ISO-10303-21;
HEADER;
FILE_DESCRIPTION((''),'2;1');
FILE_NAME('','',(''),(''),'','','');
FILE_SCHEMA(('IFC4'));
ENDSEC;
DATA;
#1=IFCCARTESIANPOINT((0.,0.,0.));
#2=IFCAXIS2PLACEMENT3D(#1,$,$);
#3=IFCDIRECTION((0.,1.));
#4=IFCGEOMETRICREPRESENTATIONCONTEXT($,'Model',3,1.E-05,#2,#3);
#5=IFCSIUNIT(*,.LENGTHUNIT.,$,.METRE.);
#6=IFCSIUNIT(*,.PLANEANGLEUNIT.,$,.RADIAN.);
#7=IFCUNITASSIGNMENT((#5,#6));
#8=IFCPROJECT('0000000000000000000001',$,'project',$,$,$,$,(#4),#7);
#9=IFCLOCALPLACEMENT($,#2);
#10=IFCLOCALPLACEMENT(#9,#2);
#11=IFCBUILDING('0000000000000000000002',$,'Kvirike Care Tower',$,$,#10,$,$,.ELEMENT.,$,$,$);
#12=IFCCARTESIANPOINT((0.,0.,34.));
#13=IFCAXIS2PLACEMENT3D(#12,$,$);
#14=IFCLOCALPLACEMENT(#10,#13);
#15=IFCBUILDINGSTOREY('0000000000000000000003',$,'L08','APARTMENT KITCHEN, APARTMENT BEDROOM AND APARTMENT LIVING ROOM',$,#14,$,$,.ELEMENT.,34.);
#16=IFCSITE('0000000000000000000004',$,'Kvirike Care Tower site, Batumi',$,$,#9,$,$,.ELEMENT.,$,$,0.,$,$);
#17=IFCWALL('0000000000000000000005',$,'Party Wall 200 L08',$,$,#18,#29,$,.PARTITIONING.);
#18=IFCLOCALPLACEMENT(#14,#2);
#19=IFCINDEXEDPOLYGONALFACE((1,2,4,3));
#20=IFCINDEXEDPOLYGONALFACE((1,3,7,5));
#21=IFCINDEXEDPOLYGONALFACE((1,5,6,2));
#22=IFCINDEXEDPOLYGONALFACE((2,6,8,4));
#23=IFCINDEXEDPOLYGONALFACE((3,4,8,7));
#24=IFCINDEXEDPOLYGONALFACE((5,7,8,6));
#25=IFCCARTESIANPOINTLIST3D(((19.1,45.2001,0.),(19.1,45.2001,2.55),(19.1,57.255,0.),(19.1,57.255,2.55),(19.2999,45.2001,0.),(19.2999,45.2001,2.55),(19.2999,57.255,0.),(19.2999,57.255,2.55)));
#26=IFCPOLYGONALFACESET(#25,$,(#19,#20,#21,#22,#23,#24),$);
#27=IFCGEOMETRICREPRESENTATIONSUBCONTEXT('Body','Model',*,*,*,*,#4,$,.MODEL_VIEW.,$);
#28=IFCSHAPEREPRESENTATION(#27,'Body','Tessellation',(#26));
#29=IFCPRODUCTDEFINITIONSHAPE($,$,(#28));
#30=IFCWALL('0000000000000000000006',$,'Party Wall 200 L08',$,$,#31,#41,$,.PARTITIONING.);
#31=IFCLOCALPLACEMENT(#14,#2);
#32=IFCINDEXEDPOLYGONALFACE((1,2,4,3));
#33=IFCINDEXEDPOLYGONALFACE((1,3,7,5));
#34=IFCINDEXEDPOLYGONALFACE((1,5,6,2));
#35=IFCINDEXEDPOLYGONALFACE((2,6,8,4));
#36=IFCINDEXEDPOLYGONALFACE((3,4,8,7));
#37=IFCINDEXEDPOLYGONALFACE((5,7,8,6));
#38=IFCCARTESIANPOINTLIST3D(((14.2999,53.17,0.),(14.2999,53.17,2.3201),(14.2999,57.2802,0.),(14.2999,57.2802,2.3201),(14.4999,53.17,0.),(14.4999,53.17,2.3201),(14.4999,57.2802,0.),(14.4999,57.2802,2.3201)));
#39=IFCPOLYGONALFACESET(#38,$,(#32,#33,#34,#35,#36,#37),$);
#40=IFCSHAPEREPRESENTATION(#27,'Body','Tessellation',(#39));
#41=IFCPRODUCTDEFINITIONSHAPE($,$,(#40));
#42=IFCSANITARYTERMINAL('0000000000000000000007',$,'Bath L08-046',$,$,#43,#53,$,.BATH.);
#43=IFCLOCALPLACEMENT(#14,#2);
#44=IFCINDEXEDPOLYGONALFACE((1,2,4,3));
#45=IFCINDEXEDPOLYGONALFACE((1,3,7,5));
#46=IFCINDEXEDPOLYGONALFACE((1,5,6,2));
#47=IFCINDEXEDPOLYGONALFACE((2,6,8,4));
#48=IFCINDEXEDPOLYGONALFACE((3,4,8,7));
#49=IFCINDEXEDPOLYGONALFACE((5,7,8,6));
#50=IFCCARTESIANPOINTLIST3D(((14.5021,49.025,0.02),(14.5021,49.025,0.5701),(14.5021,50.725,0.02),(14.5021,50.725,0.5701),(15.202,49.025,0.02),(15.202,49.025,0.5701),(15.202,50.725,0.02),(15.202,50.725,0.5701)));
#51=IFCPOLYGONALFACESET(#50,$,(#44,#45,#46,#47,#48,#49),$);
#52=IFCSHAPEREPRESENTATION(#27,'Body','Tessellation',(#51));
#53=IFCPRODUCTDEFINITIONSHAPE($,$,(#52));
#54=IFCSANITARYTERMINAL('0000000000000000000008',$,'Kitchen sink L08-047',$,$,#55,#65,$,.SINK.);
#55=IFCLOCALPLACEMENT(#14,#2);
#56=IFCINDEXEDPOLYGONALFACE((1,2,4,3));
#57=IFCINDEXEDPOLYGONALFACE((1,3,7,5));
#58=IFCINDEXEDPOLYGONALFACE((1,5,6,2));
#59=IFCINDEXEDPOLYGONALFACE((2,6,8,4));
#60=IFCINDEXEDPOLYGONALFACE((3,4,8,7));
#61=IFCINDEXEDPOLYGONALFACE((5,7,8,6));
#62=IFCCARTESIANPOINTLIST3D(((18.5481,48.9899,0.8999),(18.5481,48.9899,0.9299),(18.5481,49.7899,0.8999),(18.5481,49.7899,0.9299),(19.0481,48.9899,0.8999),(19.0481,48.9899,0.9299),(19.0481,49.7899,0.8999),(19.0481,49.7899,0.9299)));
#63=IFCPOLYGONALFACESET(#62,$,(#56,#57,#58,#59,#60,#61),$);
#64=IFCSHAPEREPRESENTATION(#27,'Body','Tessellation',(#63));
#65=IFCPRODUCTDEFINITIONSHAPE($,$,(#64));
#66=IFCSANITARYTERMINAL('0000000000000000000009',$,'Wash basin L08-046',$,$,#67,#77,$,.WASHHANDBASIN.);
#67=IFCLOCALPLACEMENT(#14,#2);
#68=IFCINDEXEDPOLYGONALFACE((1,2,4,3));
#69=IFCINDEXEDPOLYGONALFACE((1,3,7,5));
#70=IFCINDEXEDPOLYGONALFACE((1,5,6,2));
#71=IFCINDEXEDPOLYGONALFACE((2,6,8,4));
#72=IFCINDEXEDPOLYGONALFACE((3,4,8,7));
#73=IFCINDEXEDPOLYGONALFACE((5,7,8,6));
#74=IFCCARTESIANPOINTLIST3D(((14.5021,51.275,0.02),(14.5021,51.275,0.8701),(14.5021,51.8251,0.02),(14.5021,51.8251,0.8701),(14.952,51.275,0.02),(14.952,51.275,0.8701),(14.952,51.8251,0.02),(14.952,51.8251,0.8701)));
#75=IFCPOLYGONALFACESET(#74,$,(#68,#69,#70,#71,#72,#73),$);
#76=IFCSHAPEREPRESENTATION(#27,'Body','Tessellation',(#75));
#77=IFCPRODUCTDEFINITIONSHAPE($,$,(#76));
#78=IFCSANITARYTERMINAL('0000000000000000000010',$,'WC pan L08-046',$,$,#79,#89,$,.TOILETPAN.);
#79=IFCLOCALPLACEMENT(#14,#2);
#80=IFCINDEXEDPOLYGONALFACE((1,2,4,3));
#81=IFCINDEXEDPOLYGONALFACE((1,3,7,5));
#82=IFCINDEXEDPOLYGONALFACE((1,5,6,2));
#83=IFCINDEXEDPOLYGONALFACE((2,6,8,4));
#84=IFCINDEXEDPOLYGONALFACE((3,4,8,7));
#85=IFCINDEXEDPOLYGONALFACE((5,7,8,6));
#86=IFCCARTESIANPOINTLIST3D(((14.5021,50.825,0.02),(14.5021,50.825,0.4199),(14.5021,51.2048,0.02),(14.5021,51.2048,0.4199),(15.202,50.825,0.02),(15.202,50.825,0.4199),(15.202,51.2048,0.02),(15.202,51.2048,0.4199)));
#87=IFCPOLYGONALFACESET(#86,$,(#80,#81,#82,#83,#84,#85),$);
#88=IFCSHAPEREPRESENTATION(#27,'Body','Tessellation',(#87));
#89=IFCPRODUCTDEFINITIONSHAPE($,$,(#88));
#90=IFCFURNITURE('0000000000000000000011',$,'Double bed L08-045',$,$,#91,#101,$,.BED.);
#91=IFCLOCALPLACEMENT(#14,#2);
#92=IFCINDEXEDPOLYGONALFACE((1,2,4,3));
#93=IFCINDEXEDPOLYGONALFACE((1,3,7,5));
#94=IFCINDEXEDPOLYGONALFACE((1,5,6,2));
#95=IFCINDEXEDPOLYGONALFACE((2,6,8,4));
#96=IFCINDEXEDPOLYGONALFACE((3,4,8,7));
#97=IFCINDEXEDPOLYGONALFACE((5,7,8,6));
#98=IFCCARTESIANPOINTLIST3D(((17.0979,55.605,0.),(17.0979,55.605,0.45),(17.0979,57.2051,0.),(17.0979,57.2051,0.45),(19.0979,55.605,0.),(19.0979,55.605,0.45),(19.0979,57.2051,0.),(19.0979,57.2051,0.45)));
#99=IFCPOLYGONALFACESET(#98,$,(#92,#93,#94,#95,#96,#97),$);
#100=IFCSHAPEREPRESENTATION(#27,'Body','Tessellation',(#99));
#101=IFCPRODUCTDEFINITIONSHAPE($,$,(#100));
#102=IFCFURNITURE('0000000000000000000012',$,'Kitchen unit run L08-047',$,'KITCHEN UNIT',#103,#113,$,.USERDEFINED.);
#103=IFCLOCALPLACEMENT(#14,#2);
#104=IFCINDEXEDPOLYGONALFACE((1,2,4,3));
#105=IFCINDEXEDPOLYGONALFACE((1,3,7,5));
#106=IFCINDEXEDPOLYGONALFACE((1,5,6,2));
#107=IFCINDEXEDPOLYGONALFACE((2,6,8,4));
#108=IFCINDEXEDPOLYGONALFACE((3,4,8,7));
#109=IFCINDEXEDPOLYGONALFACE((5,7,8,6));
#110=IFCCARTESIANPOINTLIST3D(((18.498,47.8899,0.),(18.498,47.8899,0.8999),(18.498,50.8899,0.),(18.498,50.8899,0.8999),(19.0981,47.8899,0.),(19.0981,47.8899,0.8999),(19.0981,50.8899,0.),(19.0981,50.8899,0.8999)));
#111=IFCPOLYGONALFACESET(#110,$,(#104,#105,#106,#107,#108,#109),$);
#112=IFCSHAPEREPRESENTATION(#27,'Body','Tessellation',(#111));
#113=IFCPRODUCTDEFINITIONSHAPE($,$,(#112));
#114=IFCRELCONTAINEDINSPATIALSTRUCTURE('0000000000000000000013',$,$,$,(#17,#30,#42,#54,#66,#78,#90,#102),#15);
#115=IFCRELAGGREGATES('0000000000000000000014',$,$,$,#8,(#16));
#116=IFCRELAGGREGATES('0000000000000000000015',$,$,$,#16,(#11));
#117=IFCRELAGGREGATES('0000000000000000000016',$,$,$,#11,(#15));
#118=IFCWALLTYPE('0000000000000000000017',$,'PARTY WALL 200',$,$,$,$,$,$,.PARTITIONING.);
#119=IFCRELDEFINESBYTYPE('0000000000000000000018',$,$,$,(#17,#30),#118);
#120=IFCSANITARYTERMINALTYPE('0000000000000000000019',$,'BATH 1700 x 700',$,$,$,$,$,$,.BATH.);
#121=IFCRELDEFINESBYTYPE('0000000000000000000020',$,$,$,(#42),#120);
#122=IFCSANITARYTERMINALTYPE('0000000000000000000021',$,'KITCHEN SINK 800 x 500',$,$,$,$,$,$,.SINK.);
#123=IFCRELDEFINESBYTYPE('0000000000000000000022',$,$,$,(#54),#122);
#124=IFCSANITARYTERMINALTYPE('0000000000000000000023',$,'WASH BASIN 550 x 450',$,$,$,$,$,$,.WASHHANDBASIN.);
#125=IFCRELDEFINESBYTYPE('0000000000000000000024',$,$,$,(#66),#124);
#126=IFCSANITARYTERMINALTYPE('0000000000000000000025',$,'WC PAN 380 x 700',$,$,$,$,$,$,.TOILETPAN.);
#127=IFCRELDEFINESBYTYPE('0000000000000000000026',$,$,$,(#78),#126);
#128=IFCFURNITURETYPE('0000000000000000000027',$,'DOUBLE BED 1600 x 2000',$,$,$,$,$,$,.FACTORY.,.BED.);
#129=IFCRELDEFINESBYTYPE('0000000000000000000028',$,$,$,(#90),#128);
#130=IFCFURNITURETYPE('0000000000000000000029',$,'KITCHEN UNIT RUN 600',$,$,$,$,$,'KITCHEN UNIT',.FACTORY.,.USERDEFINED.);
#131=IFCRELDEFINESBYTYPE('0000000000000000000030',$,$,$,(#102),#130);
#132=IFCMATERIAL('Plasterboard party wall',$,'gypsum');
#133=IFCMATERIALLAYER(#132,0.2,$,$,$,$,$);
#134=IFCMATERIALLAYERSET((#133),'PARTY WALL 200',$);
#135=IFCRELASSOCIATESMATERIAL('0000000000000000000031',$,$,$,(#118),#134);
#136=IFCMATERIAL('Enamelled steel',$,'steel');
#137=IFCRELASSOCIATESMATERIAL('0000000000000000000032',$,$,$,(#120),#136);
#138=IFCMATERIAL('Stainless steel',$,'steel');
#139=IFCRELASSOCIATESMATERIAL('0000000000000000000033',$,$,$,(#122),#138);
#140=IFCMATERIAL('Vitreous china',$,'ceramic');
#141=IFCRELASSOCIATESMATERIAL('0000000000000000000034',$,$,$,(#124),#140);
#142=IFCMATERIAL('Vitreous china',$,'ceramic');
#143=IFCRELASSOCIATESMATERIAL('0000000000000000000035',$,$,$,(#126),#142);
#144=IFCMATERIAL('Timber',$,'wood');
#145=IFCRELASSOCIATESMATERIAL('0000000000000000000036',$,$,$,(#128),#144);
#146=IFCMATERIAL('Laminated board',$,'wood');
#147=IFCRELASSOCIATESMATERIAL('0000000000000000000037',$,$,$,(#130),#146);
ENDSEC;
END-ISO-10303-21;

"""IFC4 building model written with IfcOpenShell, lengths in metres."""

from ifc_helpers import new_model, si_unit, direction, frame, frame_2d, origin, origin_2d, place, context, subcontext, project, spatial, rectangle, extrude, material, layer, layer_set, type_object, element, save


model = new_model("IFC4")

# Units and contexts
model_context = context("Model", 3, precision=1e-05, world=origin(), true_north=direction((0.0, 1.0)))
body_context = subcontext(model_context, "Body", "Model", "MODEL_VIEW")
ifc_project = project(units=[si_unit("LENGTHUNIT", "METRE"), si_unit("PLANEANGLEUNIT", "RADIAN")], contexts=[model_context])

# Site, building, storey
site_placement = place(None, origin())
site = spatial("IfcSite", under=ifc_project, at=site_placement, Name="Kvirike Care Tower site, Batumi", CompositionType="ELEMENT", RefElevation=0.0)
building_placement = place(site_placement, origin())
building = spatial("IfcBuilding", under=site, at=building_placement, Name="Kvirike Care Tower", CompositionType="ELEMENT")
storey_placement = place(building_placement, frame((0.0, 0.0, 34.0)))
storey = spatial("IfcBuildingStorey", under=building, at=storey_placement, Name="L08", Description="APARTMENT KITCHEN, APARTMENT BEDROOM AND APARTMENT LIVING ROOM", CompositionType="ELEMENT", Elevation=34.0)

# Walls
ifc_material_1 = material(Name="Plasterboard party wall", Category="gypsum")
ifc_layer_1 = layer(ifc_material_1, 0.2)
ifc_layer_set_1 = layer_set([ifc_layer_1], Name="PARTY WALL 200")
wall_type_1 = type_object("IfcWallType", Name="PARTY WALL 200", PredefinedType="PARTITIONING", material=ifc_layer_set_1)
wall_1_placement = place(storey_placement, frame((19.2, 57.2549, 0.0), z_axis=(0.0, 0.0, 1.0), x_axis=(0.0, -1.0, 0.0)))
element("IfcWall", 1, at=wall_1_placement, inside=storey, type_object=wall_type_1, Name="Party Wall 200 L08", PredefinedType="PARTITIONING", context=body_context, shape_type="SweptSolid", body=[
    extrude(rectangle(XDim=12.0549, YDim=0.2, at=frame_2d((6.0273, 0.0))), origin(), (0.0, 0.0, 1.0), 2.55),
])
wall_2_placement = place(storey_placement, frame((14.3999, 53.1699, 0.0), z_axis=(0.0, 0.0, 1.0), x_axis=(0.0, 1.0, 0.0)))
element("IfcWall", 2, at=wall_2_placement, inside=storey, type_object=wall_type_1, Name="Party Wall 200 L08", PredefinedType="PARTITIONING", context=body_context, shape_type="SweptSolid", body=[
    extrude(rectangle(XDim=4.1101, YDim=0.2, at=frame_2d((2.0552, 0.0))), origin(), (0.0, 0.0, 1.0), 2.3201),
])

# Sanitary terminals
ifc_material_2 = material(Name="Enamelled steel", Category="steel")
sanitary_terminal_type_1 = type_object("IfcSanitaryTerminalType", Name="BATH 1700 x 700", PredefinedType="BATH", material=ifc_material_2)
sanitary_terminal_1_placement = place(storey_placement, frame((14.8521, 49.875, 0.02), z_axis=(0.0, 0.0, 1.0), x_axis=(0.0, 1.0, 0.0)))
element("IfcSanitaryTerminal", 3, at=sanitary_terminal_1_placement, inside=storey, type_object=sanitary_terminal_type_1, Name="Bath L08-046", PredefinedType="BATH", context=body_context, shape_type="SweptSolid", body=[
    extrude(rectangle(XDim=1.7, YDim=0.7, at=origin_2d()), origin(), (0.0, 0.0, 1.0), 0.55),
])
ifc_material_3 = material(Name="Stainless steel", Category="steel")
sanitary_terminal_type_2 = type_object("IfcSanitaryTerminalType", Name="KITCHEN SINK 800 x 500", PredefinedType="SINK", material=ifc_material_3)
sanitary_terminal_2_placement = place(storey_placement, frame((18.7981, 49.3899, 0.8999), z_axis=(0.0, 0.0, 1.0), x_axis=(0.0, -1.0, 0.0)))
element("IfcSanitaryTerminal", 4, at=sanitary_terminal_2_placement, inside=storey, type_object=sanitary_terminal_type_2, Name="Kitchen sink L08-047", PredefinedType="SINK", context=body_context, shape_type="SweptSolid", body=[
    extrude(rectangle(XDim=0.8, YDim=0.5, at=origin_2d()), origin(), (0.0, 0.0, 1.0), 0.03),
])
ifc_material_4 = material(Name="Vitreous china", Category="ceramic")
sanitary_terminal_type_3 = type_object("IfcSanitaryTerminalType", Name="WASH BASIN 550 x 450", PredefinedType="WASHHANDBASIN", material=ifc_material_4)
sanitary_terminal_3_placement = place(storey_placement, frame((14.7271, 51.55, 0.02), z_axis=(0.0, 0.0, 1.0), x_axis=(0.0, 1.0, 0.0)))
element("IfcSanitaryTerminal", 5, at=sanitary_terminal_3_placement, inside=storey, type_object=sanitary_terminal_type_3, Name="Wash basin L08-046", PredefinedType="WASHHANDBASIN", context=body_context, shape_type="SweptSolid", body=[
    extrude(rectangle(XDim=0.55, YDim=0.45, at=origin_2d()), origin(), (0.0, 0.0, 1.0), 0.8501),
])
ifc_material_5 = material(Name="Vitreous china", Category="ceramic")
sanitary_terminal_type_4 = type_object("IfcSanitaryTerminalType", Name="WC PAN 380 x 700", PredefinedType="TOILETPAN", material=ifc_material_5)
sanitary_terminal_4_placement = place(storey_placement, frame((14.8521, 51.0149, 0.02), z_axis=(0.0, 0.0, 1.0), x_axis=(0.0, 1.0, 0.0)))
element("IfcSanitaryTerminal", 6, at=sanitary_terminal_4_placement, inside=storey, type_object=sanitary_terminal_type_4, Name="WC pan L08-046", PredefinedType="TOILETPAN", context=body_context, shape_type="SweptSolid", body=[
    extrude(rectangle(XDim=0.3799, YDim=0.7, at=origin_2d()), origin(), (0.0, 0.0, 1.0), 0.3999),
])

# Furniture
ifc_material_6 = material(Name="Timber", Category="wood")
furniture_type_1 = type_object("IfcFurnitureType", Name="DOUBLE BED 1600 x 2000", AssemblyPlace="FACTORY", PredefinedType="BED", material=ifc_material_6)
furniture_1_placement = place(storey_placement, frame((18.0979, 56.405, 0.0), z_axis=(0.0, 0.0, 1.0), x_axis=(0.0, -1.0, 0.0)))
element("IfcFurniture", 7, at=furniture_1_placement, inside=storey, type_object=furniture_type_1, Name="Double bed L08-045", PredefinedType="BED", context=body_context, shape_type="SweptSolid", body=[
    extrude(rectangle(XDim=1.6001, YDim=2.0, at=origin_2d()), origin(), (0.0, 0.0, 1.0), 0.45),
])
ifc_material_7 = material(Name="Laminated board", Category="wood")
furniture_type_2 = type_object("IfcFurnitureType", Name="KITCHEN UNIT RUN 600", ElementType="KITCHEN UNIT", AssemblyPlace="FACTORY", PredefinedType="USERDEFINED", material=ifc_material_7)
furniture_2_placement = place(storey_placement, frame((18.7981, 49.3899, 0.0), z_axis=(0.0, 0.0, 1.0), x_axis=(0.0, -1.0, 0.0)))
element("IfcFurniture", 8, at=furniture_2_placement, inside=storey, type_object=furniture_type_2, Name="Kitchen unit run L08-047", ObjectType="KITCHEN UNIT", PredefinedType="USERDEFINED", context=body_context, shape_type="SweptSolid", body=[
    extrude(rectangle(XDim=3.0, YDim=0.6001, at=origin_2d()), origin(), (0.0, 0.0, 1.0), 0.8999),
])

save(model, "model.ifc")
